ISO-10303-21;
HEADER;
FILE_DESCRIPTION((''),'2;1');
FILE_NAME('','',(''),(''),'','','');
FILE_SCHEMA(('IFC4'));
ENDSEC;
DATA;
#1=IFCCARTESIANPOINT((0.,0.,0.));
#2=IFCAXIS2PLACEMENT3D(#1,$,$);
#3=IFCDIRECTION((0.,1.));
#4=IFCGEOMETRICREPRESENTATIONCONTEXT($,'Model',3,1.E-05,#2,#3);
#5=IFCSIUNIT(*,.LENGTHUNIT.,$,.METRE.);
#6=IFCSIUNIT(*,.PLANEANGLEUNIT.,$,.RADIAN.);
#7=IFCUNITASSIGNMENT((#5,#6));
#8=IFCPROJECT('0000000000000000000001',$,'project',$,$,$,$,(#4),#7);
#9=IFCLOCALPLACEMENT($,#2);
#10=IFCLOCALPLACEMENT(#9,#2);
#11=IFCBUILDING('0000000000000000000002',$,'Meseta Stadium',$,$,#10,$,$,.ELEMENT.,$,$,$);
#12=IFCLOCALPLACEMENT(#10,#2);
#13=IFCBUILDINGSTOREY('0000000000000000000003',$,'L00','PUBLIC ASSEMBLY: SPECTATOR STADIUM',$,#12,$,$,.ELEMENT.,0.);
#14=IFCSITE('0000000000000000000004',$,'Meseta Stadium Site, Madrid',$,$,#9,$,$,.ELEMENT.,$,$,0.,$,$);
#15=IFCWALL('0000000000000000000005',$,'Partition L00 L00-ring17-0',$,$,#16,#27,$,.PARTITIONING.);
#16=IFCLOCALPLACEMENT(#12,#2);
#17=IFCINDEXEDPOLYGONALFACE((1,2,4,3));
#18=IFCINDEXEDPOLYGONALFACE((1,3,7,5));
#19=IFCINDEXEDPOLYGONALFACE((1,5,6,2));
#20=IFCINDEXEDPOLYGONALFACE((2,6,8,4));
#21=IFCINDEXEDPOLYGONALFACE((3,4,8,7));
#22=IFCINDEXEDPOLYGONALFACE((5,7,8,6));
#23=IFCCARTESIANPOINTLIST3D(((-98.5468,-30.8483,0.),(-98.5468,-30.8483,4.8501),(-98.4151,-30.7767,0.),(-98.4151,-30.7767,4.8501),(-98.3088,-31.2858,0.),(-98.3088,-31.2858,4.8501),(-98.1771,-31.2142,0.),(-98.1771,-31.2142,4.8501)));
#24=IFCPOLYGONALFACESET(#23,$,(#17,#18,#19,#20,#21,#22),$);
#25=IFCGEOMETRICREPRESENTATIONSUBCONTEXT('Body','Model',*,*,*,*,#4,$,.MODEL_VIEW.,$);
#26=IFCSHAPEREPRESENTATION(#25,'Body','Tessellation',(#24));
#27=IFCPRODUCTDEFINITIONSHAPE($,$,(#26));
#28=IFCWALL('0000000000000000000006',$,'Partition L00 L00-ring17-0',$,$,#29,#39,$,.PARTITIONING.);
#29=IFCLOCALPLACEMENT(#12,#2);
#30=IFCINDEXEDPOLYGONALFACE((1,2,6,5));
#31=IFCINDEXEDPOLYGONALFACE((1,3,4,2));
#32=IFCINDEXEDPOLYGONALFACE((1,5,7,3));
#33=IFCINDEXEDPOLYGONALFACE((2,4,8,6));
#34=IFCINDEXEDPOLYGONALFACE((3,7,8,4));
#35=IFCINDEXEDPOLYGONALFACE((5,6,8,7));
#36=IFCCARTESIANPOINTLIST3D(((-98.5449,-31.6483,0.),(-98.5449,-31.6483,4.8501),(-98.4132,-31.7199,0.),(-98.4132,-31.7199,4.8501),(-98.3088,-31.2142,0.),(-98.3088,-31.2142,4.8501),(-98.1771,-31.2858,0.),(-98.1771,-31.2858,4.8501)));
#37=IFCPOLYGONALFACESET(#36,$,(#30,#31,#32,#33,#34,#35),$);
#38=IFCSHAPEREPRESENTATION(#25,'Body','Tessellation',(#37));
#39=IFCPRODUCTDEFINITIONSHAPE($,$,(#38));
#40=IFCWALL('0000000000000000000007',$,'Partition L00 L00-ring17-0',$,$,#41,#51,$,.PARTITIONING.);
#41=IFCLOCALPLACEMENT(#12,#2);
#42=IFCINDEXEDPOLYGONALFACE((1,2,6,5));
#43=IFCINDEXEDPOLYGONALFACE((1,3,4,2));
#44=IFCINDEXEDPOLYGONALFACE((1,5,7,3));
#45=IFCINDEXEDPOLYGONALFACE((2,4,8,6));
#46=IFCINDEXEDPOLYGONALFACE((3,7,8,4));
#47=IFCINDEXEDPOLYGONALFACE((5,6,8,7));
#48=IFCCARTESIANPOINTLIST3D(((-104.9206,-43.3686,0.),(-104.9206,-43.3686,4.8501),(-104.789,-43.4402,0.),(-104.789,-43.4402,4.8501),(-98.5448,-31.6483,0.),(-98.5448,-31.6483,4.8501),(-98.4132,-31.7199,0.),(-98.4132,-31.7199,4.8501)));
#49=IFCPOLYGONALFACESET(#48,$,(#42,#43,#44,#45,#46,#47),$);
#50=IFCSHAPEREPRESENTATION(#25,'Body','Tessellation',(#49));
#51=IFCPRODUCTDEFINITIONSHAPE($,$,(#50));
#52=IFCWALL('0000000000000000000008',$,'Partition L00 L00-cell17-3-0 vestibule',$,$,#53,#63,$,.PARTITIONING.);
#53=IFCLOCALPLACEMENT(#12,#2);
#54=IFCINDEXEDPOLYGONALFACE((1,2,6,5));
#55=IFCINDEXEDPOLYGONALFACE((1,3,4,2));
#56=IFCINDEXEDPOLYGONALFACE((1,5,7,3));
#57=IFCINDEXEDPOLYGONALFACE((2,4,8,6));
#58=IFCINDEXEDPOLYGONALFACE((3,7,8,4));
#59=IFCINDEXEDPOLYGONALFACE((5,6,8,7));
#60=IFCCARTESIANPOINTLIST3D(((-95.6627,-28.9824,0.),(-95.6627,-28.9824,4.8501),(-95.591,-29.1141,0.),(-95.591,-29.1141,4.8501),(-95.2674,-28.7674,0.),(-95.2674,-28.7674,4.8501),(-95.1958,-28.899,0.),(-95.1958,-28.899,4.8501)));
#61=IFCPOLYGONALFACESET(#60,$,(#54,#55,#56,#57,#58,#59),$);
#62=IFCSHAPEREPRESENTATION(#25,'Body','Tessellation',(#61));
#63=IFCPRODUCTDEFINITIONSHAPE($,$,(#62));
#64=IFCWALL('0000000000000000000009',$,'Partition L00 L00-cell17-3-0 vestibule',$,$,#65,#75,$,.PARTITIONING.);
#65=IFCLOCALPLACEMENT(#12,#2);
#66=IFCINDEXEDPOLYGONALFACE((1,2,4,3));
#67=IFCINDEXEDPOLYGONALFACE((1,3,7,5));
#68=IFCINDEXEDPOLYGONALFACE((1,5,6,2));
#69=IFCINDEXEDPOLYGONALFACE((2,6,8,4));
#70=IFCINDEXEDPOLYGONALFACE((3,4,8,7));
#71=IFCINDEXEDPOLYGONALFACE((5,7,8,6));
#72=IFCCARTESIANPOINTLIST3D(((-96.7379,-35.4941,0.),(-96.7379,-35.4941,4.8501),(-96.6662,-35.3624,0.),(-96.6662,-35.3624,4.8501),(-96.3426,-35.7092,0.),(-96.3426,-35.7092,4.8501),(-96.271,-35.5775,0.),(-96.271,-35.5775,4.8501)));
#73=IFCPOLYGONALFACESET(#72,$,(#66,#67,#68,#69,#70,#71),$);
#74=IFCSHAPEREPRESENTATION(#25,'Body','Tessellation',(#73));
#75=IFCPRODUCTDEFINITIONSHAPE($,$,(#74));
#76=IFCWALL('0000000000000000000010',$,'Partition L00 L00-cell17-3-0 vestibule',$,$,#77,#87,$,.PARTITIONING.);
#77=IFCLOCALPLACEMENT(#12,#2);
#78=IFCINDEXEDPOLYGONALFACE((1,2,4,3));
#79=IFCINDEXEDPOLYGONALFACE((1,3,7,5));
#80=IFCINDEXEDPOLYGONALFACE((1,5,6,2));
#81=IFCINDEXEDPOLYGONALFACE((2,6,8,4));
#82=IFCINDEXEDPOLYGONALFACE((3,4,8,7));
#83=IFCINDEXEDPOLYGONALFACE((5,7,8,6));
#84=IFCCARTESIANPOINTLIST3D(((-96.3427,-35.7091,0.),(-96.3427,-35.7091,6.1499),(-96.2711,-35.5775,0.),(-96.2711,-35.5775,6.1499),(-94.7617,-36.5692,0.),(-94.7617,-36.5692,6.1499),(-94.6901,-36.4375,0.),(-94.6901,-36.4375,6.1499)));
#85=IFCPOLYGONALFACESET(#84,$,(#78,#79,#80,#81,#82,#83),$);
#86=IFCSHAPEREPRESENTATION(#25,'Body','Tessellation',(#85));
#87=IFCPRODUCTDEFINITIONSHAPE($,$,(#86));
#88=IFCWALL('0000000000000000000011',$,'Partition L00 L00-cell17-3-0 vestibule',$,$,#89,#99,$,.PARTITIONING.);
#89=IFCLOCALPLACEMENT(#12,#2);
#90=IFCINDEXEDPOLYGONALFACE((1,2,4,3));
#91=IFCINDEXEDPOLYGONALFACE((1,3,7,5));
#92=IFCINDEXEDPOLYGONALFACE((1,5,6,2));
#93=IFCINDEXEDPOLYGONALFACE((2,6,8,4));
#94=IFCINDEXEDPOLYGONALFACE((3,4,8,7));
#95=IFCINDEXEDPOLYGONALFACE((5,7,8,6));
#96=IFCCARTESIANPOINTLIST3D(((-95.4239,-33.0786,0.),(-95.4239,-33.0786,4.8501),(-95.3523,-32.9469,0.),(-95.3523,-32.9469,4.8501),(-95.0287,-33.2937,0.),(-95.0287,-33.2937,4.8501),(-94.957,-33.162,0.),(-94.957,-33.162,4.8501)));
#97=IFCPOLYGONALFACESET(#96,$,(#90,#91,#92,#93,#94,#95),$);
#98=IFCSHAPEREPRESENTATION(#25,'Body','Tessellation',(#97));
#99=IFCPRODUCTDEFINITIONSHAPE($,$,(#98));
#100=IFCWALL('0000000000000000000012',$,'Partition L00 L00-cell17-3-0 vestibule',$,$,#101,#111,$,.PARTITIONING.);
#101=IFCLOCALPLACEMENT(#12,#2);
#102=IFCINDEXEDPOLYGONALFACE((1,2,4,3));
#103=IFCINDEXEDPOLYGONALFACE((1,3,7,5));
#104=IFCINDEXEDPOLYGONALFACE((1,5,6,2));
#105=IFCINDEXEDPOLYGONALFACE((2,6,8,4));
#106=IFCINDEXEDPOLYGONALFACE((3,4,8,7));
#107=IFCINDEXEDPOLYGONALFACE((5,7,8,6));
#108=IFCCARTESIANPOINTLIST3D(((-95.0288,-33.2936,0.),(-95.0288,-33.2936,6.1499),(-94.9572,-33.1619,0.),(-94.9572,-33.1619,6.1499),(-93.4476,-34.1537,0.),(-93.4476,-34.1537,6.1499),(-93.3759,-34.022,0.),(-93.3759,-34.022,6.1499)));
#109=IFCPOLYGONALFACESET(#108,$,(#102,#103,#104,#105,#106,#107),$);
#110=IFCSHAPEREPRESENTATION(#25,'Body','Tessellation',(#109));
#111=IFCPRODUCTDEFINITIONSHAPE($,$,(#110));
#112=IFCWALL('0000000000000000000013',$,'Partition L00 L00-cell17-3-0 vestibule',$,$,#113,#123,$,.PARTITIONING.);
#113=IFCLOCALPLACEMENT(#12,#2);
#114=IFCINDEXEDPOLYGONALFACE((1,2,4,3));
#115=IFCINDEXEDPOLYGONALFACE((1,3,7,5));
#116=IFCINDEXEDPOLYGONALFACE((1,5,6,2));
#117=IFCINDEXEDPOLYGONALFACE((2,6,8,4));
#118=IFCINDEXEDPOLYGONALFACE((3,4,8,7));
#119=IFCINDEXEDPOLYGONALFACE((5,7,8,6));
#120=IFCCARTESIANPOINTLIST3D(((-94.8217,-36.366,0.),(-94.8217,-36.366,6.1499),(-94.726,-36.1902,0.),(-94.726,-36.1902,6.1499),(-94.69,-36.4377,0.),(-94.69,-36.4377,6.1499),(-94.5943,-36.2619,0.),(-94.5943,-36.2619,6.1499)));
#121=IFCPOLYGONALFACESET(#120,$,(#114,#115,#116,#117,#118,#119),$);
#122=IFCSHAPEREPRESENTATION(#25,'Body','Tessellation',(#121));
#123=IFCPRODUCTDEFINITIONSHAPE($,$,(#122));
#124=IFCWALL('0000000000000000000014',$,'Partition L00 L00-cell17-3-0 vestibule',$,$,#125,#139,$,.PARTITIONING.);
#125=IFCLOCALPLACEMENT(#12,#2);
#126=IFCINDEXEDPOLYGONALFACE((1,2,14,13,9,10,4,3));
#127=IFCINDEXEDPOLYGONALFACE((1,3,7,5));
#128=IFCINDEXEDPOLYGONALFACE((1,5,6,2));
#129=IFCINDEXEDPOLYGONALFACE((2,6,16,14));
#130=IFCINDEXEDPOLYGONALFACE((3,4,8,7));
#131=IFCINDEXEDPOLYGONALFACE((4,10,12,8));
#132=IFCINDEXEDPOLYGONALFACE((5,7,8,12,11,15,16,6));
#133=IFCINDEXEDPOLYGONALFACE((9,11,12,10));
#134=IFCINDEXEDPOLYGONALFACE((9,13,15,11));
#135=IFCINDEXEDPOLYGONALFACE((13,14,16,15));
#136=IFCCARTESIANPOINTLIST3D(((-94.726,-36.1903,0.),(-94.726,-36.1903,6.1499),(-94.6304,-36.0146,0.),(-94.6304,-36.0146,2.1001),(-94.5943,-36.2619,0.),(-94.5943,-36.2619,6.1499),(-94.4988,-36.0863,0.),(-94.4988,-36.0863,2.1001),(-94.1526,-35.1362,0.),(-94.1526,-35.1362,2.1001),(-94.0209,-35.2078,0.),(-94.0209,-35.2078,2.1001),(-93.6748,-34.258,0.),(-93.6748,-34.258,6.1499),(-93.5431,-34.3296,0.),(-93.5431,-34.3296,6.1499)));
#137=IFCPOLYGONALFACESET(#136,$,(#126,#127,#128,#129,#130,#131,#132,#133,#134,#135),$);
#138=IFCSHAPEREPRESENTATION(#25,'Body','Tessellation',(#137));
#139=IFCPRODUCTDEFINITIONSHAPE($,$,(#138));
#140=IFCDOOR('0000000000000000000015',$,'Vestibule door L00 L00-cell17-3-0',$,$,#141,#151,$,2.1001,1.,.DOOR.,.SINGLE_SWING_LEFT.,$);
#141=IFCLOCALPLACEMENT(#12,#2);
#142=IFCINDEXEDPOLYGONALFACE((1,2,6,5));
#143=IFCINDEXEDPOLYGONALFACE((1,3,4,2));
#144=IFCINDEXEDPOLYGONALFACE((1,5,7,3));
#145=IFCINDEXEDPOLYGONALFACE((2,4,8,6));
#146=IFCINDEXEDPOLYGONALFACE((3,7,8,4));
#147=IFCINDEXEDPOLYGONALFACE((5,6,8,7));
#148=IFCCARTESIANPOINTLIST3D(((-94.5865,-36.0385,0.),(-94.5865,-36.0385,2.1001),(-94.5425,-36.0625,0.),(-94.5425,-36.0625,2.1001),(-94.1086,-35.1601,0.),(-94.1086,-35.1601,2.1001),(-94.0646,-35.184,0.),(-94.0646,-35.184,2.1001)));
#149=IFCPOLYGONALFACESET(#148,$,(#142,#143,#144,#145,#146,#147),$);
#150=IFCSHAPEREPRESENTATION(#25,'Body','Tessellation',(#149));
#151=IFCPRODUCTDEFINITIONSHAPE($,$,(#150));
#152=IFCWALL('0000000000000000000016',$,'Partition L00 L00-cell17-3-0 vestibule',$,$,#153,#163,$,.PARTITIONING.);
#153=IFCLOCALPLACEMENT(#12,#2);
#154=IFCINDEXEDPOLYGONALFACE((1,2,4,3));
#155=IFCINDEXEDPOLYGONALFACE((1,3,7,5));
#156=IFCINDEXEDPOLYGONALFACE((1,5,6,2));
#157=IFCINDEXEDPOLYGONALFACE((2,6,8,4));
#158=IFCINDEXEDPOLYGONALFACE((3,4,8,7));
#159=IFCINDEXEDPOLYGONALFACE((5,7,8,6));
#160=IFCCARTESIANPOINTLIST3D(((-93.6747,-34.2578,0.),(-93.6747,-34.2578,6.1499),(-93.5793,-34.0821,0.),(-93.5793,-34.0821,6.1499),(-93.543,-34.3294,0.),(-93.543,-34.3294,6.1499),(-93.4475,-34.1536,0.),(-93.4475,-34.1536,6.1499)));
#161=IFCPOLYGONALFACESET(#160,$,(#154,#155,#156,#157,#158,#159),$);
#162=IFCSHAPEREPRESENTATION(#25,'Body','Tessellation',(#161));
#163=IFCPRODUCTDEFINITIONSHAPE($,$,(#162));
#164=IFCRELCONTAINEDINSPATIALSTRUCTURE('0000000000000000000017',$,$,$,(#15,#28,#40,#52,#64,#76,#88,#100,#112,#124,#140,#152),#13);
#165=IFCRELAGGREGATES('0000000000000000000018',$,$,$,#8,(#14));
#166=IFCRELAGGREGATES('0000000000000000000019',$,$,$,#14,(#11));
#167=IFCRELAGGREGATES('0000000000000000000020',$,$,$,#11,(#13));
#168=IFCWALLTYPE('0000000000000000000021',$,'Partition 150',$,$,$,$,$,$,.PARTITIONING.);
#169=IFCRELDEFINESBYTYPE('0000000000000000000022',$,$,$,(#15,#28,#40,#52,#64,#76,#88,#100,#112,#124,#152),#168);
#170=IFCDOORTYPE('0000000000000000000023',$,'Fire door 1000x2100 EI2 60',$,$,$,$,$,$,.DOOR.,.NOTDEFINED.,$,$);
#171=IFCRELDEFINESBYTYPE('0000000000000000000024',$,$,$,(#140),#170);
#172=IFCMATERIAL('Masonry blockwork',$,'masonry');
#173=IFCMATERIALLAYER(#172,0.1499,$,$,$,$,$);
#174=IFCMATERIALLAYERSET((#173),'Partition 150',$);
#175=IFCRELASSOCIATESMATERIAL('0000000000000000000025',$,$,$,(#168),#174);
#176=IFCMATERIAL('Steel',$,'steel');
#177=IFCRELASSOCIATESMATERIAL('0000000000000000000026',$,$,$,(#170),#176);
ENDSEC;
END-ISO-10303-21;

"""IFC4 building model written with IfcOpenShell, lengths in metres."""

from ifc_helpers import new_model, si_unit, direction, frame, frame_2d, origin, place, context, subcontext, project, spatial, rectangle, extrude, material, layer, layer_set, type_object, element, fill, save


model = new_model("IFC4")

# Units and contexts
model_context = context("Model", 3, precision=1e-05, world=origin(), true_north=direction((0.0, 1.0)))
body_context = subcontext(model_context, "Body", "Model", "MODEL_VIEW")
ifc_project = project(units=[si_unit("LENGTHUNIT", "METRE"), si_unit("PLANEANGLEUNIT", "RADIAN")], contexts=[model_context])

# Site, building, storey
site_placement = place(None, origin())
site = spatial("IfcSite", under=ifc_project, at=site_placement, Name="Meseta Stadium Site, Madrid", CompositionType="ELEMENT", RefElevation=0.0)
building_placement = place(site_placement, origin())
building = spatial("IfcBuilding", under=site, at=building_placement, Name="Meseta Stadium", CompositionType="ELEMENT")
storey_placement = place(building_placement, origin())
storey = spatial("IfcBuildingStorey", under=building, at=storey_placement, Name="L00", Description="PUBLIC ASSEMBLY: SPECTATOR STADIUM", CompositionType="ELEMENT", Elevation=0.0)

# Walls
ifc_material_1 = material(Name="Masonry blockwork", Category="masonry")
ifc_layer_1 = layer(ifc_material_1, 0.1499)
ifc_layer_set_1 = layer_set([ifc_layer_1], Name="Partition 150")
wall_type_1 = type_object("IfcWallType", Name="Partition 150", PredefinedType="PARTITIONING", material=ifc_layer_set_1)
wall_1_placement = place(storey_placement, frame((-98.481, -30.8125, 0.0), z_axis=(0.0, 0.0, 1.0), x_axis=(0.477925, -0.878401, 0.0)))
element("IfcWall", 1, at=wall_1_placement, inside=storey, type_object=wall_type_1, Name="Partition L00 L00-ring17-0", PredefinedType="PARTITIONING", context=body_context, shape_type="SweptSolid", body=[
    extrude(rectangle(XDim=0.498, YDim=0.1499, at=frame_2d((0.249, 0.0))), origin(), (0.0, 0.0, 1.0), 4.8501),
])
wall_2_placement = place(storey_placement, frame((-98.2429, -31.25, 0.0), z_axis=(0.0, 0.0, 1.0), x_axis=(-0.477779, -0.87848, 0.0)))
element("IfcWall", 2, at=wall_2_placement, inside=storey, type_object=wall_type_1, Name="Partition L00 L00-ring17-0", PredefinedType="PARTITIONING", context=body_context, shape_type="SweptSolid", body=[
    extrude(rectangle(XDim=0.4941, YDim=0.1499, at=frame_2d((0.2471, 0.0))), origin(), (0.0, 0.0, 1.0), 4.8501),
])
wall_3_placement = place(storey_placement, frame((-98.479, -31.6841, 0.0), z_axis=(0.0, 0.0, 1.0), x_axis=(-0.477863, -0.878434, 0.0)))
element("IfcWall", 3, at=wall_3_placement, inside=storey, type_object=wall_type_1, Name="Partition L00 L00-ring17-0", PredefinedType="PARTITIONING", context=body_context, shape_type="SweptSolid", body=[
    extrude(rectangle(XDim=13.3423, YDim=0.1499, at=frame_2d((6.6711, 0.0))), origin(), (0.0, 0.0, 1.0), 4.8501),
])
for number, where, z_axis, x_axis, name in (
    (4, (-95.627, -29.0483, 0.0), (0.0, 0.0, 1.0), (0.878372, 0.477978, 0.0), "Partition L00 L00-cell17-3-0 vestibule"),
    (5, (-96.7021, -35.4282, 0.0), (0.0, 0.0, 1.0), (0.878372, -0.477978, 0.0), "Partition L00 L00-cell17-3-0 vestibule"),
):
    element("IfcWall", number, at=place(storey_placement, frame(where, z_axis=z_axis, x_axis=x_axis)), inside=storey, type_object=wall_type_1, Name=name, PredefinedType="PARTITIONING", context=body_context, shape_type="SweptSolid", body=[
        extrude(rectangle(XDim=0.45, YDim=0.1499, at=frame_2d((0.2251, 0.0))), origin(), (0.0, 0.0, 1.0), 4.8501),
    ])
wall_4_placement = place(storey_placement, frame((-96.3069, -35.6433, 0.0), z_axis=(0.0, 0.0, 1.0), x_axis=(0.878429, -0.477873, 0.0)))
element("IfcWall", 6, at=wall_4_placement, inside=storey, type_object=wall_type_1, Name="Partition L00 L00-cell17-3-0 vestibule", PredefinedType="PARTITIONING", context=body_context, shape_type="SweptSolid", body=[
    extrude(rectangle(XDim=1.7998, YDim=0.1499, at=frame_2d((0.8999, 0.0))), origin(), (0.0, 0.0, 1.0), 6.1499),
])
wall_5_placement = place(storey_placement, frame((-95.3882, -33.0127, 0.0), z_axis=(0.0, 0.0, 1.0), x_axis=(0.878372, -0.477978, 0.0)))
element("IfcWall", 7, at=wall_5_placement, inside=storey, type_object=wall_type_1, Name="Partition L00 L00-cell17-3-0 vestibule", PredefinedType="PARTITIONING", context=body_context, shape_type="SweptSolid", body=[
    extrude(rectangle(XDim=0.45, YDim=0.1499, at=frame_2d((0.2251, 0.0))), origin(), (0.0, 0.0, 1.0), 4.8501),
])
wall_6_placement = place(storey_placement, frame((-94.9929, -33.2278, 0.0), z_axis=(0.0, 0.0, 1.0), x_axis=(0.87846, -0.477816, 0.0)))
element("IfcWall", 8, at=wall_6_placement, inside=storey, type_object=wall_type_1, Name="Partition L00 L00-cell17-3-0 vestibule", PredefinedType="PARTITIONING", context=body_context, shape_type="SweptSolid", body=[
    extrude(rectangle(XDim=1.8, YDim=0.1499, at=frame_2d((0.8999, 0.0))), origin(), (0.0, 0.0, 1.0), 6.1499),
])
wall_7_placement = place(storey_placement, frame((-94.7559, -36.4019, 0.0), z_axis=(0.0, 0.0, 1.0), x_axis=(0.478168, 0.878268, 0.0)))
element("IfcWall", 9, at=wall_7_placement, inside=storey, type_object=wall_type_1, Name="Partition L00 L00-cell17-3-0 vestibule", PredefinedType="PARTITIONING", context=body_context, shape_type="SweptSolid", body=[
    extrude(rectangle(XDim=0.2002, YDim=0.1499, at=frame_2d((0.1001, 0.0))), origin(), (0.0, 0.0, 1.0), 6.1499),
])

# Wall, opening, door
wall_8_placement = place(storey_placement, frame((-94.6602, -36.2261, 0.0), z_axis=(0.0, 0.0, 1.0), x_axis=(0.477888, 0.878421, 0.0)))
wall_8 = element("IfcWall", 10, at=wall_8_placement, inside=storey, type_object=wall_type_1, Name="Partition L00 L00-cell17-3-0 vestibule", PredefinedType="PARTITIONING", context=body_context, shape_type="SweptSolid", body=[
    extrude(rectangle(XDim=2.1997, YDim=0.1499, at=frame_2d((1.0999, 0.0))), origin(), (0.0, 0.0, 1.0), 6.1499),
])
opening_1_placement = place(wall_8_placement, frame((0.2, 0.0, 0.0)))
opening_1 = element("IfcOpeningElement", 11, at=opening_1_placement, cuts=wall_8, PredefinedType="OPENING", context=body_context, shape_type="SweptSolid", body=[
    extrude(rectangle(XDim=1.0, YDim=2.1001, at=frame_2d((0.5, 1.05))), frame((0.0, 0.085, 0.0), z_axis=(0.0, -1.0, 0.0), x_axis=(1.0, 0.0, 0.0)), (0.0, 0.0, 1.0), 0.1699),
])
ifc_material_2 = material(Name="Steel", Category="steel")
door_type = type_object("IfcDoorType", Name="Fire door 1000x2100 EI2 60", OperationType="NOTDEFINED", PredefinedType="DOOR", material=ifc_material_2)
door_1_placement = place(opening_1_placement, origin())
door_1 = element("IfcDoor", 12, at=door_1_placement, inside=storey, type_object=door_type, Name="Vestibule door L00 L00-cell17-3-0", OperationType="SINGLE_SWING_LEFT", OverallHeight=2.1001, OverallWidth=1.0, PredefinedType="DOOR", context=body_context, shape_type="SweptSolid", body=[
    extrude(rectangle(XDim=1.0, YDim=2.1001, at=frame_2d((0.5, 1.05))), frame((0.0, 0.0249, 0.0), z_axis=(0.0, -1.0, 0.0), x_axis=(1.0, 0.0, 0.0)), (0.0, 0.0, 1.0), 0.05),
])
fill(opening_1, door_1)

# Wall
wall_9_placement = place(storey_placement, frame((-93.6089, -34.2937, 0.0), z_axis=(0.0, 0.0, 1.0), x_axis=(0.477227, 0.87878, 0.0)))
element("IfcWall", 13, at=wall_9_placement, inside=storey, type_object=wall_type_1, Name="Partition L00 L00-cell17-3-0 vestibule", PredefinedType="PARTITIONING", context=body_context, shape_type="SweptSolid", body=[
    extrude(rectangle(XDim=0.2, YDim=0.1499, at=frame_2d((0.1001, 0.0))), origin(), (0.0, 0.0, 1.0), 6.1499),
])

save(model, "model.ifc")
